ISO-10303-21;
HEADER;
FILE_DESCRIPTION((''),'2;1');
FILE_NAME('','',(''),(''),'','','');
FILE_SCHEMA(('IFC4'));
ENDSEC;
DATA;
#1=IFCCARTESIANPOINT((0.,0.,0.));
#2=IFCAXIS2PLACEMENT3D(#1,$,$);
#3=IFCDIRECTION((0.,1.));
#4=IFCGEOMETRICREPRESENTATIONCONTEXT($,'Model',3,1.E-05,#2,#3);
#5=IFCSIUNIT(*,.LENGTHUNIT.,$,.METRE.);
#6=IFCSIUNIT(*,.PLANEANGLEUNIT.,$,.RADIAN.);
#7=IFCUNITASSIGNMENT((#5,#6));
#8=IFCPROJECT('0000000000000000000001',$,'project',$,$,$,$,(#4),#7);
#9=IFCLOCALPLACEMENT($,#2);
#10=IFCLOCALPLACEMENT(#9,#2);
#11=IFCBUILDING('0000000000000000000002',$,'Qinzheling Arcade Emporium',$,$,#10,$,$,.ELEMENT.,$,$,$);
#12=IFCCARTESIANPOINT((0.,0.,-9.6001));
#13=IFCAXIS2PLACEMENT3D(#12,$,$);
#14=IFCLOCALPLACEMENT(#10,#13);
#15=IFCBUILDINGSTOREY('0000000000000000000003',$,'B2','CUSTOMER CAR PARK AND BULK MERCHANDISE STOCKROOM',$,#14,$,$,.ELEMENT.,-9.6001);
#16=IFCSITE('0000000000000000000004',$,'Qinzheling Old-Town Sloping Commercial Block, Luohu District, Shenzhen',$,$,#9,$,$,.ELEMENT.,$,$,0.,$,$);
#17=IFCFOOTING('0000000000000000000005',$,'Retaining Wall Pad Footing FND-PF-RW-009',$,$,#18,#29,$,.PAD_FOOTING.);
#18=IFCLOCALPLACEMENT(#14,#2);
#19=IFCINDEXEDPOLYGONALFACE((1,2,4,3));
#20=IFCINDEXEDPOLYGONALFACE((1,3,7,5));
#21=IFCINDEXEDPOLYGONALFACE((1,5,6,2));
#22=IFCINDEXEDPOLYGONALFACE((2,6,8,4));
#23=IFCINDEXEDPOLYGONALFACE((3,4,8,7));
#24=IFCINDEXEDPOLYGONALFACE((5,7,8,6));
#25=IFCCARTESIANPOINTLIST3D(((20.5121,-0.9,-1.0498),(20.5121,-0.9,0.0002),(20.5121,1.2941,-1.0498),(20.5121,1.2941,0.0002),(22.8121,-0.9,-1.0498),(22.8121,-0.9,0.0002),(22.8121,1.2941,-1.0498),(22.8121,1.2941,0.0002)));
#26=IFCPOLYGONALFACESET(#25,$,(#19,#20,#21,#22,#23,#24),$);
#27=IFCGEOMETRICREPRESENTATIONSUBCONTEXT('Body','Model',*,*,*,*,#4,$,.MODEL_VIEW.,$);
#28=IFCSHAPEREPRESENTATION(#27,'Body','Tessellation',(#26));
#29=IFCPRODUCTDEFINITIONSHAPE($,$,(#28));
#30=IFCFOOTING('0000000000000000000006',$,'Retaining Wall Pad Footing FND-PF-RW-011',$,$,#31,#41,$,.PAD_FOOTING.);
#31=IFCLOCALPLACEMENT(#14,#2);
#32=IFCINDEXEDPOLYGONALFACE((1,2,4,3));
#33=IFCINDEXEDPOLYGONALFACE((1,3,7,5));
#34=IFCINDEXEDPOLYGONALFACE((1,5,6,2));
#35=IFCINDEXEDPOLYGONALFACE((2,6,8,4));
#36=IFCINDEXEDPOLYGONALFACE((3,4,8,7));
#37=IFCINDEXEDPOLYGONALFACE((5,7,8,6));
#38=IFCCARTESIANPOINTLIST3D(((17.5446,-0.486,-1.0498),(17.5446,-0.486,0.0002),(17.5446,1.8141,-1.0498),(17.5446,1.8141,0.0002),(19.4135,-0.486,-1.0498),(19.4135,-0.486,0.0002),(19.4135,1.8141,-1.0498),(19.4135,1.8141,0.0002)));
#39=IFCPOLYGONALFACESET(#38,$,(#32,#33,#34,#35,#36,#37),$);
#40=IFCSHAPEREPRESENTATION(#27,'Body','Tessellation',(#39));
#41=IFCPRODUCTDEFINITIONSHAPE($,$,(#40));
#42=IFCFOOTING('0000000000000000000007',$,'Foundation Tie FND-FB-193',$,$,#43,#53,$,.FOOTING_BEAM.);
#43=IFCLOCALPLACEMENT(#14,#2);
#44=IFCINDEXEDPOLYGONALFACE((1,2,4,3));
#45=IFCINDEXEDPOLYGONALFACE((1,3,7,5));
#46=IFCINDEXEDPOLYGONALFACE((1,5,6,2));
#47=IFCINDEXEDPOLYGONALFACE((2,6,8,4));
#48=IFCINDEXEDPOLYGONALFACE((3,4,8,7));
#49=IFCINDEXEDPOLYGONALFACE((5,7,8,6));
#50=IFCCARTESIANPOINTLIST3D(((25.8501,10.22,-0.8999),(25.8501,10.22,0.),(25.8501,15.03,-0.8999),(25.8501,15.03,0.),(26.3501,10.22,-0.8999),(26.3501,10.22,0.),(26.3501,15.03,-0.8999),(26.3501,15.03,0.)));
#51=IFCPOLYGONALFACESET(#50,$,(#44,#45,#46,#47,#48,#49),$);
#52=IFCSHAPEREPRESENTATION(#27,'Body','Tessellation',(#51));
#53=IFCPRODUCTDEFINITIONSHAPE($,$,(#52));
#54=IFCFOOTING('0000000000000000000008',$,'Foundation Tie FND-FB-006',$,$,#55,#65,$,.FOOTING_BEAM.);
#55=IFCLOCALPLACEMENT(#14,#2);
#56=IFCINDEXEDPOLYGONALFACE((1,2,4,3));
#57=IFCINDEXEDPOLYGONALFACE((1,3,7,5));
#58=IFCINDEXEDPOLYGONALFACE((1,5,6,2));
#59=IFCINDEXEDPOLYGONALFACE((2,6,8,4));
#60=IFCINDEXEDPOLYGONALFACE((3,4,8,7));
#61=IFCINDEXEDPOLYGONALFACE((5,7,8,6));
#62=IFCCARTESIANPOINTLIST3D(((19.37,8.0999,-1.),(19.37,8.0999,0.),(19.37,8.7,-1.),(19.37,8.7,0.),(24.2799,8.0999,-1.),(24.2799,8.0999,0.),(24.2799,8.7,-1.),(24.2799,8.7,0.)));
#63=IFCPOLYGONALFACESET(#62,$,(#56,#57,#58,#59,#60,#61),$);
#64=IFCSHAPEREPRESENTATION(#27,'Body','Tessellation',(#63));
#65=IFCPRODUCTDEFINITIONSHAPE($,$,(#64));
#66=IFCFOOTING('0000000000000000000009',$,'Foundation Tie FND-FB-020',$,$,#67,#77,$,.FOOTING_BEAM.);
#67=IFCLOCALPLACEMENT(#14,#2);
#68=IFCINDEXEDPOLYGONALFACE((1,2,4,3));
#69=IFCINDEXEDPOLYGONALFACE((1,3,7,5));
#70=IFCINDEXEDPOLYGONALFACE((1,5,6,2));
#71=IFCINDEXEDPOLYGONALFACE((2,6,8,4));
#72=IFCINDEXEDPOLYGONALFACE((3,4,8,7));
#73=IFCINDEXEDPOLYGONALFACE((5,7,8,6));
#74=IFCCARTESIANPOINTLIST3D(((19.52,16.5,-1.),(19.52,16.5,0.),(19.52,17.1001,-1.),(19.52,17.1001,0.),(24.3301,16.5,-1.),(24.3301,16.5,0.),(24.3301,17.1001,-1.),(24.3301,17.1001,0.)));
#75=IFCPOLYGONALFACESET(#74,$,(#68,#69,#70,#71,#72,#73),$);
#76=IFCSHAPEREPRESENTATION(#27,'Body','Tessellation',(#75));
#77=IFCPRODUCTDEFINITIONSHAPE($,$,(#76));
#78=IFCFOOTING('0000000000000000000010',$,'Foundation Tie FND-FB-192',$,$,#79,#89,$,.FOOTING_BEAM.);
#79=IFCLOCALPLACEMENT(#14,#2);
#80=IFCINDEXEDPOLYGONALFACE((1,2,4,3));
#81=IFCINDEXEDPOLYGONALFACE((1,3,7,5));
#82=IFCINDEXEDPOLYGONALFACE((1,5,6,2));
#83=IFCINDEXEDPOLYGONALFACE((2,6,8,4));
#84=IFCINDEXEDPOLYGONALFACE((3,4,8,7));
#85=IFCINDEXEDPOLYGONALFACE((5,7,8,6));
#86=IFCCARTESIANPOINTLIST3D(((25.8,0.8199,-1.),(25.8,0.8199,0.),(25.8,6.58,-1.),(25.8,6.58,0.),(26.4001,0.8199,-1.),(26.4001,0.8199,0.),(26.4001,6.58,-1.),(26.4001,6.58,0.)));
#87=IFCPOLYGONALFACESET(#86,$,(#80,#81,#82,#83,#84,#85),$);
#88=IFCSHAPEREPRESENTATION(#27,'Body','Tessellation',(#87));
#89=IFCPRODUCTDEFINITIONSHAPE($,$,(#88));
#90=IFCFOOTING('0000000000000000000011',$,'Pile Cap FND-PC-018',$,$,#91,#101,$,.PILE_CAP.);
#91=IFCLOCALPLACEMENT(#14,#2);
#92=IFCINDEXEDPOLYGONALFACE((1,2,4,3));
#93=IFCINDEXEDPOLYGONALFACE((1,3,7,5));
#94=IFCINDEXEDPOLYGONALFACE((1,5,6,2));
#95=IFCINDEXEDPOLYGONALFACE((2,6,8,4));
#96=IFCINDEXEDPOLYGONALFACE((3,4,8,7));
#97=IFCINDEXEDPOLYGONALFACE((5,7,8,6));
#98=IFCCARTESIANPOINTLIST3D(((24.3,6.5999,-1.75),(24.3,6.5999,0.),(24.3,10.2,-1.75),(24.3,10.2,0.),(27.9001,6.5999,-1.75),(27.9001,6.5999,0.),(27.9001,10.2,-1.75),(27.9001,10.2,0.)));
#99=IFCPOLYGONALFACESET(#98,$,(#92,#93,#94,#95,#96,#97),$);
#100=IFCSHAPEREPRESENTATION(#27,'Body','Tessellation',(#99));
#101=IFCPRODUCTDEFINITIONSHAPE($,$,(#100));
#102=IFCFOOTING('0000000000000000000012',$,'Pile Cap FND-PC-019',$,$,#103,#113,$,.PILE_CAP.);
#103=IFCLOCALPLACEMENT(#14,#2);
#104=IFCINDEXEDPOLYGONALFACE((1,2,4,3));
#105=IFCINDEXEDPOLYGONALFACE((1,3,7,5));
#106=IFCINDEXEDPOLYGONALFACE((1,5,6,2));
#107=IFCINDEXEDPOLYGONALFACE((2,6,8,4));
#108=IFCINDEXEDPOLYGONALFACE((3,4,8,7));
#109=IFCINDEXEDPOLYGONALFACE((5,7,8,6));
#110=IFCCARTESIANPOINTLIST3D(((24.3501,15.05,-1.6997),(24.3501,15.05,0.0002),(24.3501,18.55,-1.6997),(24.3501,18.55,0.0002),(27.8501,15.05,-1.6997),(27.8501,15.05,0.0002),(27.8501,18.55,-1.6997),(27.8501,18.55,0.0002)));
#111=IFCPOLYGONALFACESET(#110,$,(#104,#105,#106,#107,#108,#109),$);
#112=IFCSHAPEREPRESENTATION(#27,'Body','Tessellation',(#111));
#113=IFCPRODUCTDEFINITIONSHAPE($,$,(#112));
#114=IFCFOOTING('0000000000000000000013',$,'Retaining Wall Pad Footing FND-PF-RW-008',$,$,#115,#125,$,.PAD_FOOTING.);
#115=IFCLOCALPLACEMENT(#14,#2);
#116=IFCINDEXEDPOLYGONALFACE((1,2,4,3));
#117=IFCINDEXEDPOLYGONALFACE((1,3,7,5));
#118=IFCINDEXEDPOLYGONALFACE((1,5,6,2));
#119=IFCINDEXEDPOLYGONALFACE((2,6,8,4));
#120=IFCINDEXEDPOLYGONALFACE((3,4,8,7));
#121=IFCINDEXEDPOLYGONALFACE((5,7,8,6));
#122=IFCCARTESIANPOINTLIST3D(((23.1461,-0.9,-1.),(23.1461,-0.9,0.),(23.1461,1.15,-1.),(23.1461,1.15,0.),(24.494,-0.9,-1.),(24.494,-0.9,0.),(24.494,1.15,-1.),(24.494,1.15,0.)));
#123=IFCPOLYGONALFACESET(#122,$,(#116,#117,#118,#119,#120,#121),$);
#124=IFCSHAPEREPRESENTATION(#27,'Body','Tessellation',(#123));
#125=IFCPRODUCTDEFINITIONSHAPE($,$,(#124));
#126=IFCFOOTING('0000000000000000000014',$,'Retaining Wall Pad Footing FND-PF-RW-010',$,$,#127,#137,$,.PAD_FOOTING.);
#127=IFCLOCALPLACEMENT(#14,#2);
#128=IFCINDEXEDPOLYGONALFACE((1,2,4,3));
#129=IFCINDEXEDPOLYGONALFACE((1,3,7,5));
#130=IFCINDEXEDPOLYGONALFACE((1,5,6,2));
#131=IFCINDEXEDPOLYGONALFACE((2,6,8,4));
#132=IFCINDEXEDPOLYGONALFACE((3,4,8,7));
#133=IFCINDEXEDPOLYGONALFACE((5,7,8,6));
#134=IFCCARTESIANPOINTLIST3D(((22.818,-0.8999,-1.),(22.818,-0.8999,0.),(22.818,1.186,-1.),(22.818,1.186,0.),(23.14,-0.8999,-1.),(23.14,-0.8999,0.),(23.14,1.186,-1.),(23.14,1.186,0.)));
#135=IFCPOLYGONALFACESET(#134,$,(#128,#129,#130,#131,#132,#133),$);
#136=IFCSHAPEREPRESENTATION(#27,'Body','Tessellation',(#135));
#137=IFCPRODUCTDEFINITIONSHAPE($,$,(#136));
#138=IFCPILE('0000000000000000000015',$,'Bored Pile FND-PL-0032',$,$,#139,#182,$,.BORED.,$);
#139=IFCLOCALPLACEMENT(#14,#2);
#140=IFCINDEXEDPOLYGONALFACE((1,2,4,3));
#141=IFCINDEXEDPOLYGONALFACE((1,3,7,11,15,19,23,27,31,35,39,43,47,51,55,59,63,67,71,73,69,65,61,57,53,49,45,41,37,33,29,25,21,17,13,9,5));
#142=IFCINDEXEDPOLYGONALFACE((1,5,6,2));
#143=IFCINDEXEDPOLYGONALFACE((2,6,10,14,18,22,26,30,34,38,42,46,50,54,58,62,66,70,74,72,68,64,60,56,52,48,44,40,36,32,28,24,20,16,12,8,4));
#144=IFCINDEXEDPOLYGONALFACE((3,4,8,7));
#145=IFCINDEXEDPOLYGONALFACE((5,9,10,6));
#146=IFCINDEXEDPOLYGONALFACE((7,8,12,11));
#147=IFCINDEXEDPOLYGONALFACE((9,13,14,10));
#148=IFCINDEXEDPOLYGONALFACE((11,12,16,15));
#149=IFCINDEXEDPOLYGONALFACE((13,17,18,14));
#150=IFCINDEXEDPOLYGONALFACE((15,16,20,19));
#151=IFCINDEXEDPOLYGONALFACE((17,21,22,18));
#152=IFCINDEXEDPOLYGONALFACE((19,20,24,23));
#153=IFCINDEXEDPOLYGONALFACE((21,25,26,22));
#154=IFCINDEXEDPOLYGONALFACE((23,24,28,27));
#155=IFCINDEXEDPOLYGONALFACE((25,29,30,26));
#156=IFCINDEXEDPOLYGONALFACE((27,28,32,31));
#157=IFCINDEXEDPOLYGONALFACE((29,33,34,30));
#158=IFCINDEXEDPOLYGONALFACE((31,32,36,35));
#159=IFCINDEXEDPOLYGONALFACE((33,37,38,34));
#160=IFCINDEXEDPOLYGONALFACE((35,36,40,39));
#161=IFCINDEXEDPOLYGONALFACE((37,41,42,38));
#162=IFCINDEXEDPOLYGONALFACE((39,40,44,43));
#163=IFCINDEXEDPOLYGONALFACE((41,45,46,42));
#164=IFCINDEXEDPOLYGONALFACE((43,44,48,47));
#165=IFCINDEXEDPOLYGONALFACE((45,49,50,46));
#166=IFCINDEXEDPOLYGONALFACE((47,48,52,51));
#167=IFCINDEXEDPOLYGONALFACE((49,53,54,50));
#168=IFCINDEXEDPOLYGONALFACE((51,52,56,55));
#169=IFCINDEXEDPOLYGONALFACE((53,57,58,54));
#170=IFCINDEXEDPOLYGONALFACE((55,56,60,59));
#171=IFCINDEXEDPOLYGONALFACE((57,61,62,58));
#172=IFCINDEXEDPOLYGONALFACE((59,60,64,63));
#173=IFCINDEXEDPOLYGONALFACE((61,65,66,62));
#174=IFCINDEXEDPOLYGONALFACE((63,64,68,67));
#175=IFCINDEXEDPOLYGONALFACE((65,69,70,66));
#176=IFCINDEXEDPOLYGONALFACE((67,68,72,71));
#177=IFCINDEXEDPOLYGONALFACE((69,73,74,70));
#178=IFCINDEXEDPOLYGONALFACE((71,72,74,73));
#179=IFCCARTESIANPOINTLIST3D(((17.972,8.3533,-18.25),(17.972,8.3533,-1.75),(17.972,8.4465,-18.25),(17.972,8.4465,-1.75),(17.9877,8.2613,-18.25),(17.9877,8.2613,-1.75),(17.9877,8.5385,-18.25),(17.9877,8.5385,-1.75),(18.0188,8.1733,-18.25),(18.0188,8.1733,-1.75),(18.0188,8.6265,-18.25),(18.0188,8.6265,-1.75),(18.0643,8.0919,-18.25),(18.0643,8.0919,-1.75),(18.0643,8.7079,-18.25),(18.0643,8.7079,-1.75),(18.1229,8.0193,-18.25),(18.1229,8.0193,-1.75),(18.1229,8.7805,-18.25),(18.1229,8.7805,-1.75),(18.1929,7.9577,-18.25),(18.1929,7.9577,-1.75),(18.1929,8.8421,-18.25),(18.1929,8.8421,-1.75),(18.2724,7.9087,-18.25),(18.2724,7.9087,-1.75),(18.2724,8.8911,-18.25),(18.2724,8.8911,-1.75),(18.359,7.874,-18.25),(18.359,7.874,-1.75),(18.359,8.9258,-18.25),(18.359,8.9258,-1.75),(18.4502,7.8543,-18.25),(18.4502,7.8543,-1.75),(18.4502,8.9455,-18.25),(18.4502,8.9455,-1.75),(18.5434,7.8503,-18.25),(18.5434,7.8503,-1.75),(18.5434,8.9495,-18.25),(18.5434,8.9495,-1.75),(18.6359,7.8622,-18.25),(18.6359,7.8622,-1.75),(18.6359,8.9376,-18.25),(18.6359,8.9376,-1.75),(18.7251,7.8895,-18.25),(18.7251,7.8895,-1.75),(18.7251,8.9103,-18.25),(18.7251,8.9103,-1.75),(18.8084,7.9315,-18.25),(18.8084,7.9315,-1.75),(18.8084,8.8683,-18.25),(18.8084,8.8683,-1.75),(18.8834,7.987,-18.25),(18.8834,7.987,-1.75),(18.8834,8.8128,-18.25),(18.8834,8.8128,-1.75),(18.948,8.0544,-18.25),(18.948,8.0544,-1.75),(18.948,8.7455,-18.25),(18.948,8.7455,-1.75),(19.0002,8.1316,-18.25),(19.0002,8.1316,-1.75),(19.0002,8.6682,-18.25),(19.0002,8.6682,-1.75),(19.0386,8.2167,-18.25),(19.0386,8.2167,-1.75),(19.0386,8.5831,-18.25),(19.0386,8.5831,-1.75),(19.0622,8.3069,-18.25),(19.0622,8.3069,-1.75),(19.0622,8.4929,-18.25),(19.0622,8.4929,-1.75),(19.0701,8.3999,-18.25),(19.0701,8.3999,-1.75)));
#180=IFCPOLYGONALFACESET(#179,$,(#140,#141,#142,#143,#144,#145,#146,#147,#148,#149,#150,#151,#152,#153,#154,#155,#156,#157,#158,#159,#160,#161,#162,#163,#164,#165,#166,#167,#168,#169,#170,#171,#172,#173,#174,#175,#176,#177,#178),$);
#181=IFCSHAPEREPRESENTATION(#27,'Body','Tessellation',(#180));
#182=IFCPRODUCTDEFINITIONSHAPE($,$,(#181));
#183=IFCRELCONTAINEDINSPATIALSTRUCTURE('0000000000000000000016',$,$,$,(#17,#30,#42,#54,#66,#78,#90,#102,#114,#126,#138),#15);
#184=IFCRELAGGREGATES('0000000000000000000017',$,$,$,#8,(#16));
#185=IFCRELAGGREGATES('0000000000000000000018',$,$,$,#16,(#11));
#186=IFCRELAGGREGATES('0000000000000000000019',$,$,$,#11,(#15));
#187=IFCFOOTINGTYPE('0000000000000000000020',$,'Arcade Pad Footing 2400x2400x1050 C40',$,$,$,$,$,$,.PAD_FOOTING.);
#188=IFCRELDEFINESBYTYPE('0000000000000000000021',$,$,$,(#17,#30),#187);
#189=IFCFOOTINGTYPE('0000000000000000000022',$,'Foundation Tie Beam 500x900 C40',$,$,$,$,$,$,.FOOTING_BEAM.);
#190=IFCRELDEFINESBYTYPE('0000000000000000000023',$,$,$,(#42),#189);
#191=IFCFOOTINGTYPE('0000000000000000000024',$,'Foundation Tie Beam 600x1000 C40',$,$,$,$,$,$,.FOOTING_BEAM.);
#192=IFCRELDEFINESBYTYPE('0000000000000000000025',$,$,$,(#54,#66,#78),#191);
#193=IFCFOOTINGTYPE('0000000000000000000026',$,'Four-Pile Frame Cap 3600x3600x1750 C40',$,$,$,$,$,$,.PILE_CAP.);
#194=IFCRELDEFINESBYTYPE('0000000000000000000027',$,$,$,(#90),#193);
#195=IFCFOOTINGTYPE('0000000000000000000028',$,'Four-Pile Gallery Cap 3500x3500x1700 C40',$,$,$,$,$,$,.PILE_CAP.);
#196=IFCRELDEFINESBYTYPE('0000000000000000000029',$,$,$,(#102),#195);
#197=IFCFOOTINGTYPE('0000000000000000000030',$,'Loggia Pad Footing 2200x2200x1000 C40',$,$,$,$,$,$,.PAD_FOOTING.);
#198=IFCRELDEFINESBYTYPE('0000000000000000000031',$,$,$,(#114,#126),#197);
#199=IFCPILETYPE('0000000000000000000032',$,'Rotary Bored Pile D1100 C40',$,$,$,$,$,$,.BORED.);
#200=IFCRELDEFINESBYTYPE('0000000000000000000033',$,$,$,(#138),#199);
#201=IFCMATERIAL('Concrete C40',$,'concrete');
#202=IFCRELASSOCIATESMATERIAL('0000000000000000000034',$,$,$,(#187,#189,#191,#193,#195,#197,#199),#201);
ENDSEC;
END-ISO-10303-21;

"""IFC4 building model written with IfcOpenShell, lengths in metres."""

from ifc_helpers import new_model, si_unit, direction, frame, origin, origin_2d, place, context, subcontext, project, spatial, rectangle, circle, extrude, material, material_profile, profile_set, type_object, element, save


model = new_model("IFC4")

# Units and contexts
model_context = context("Model", 3, precision=1e-05, world=origin(), true_north=direction((0.0, 1.0)))
body_context = subcontext(model_context, "Body", "Model", "MODEL_VIEW")
ifc_project = project(units=[si_unit("LENGTHUNIT", "METRE"), si_unit("PLANEANGLEUNIT", "RADIAN")], contexts=[model_context])

# Site, building, storey
site_placement = place(None, origin())
site = spatial("IfcSite", under=ifc_project, at=site_placement, Name="Qinzheling Old-Town Sloping Commercial Block, Luohu District, Shenzhen", CompositionType="ELEMENT", RefElevation=0.0)
building_placement = place(site_placement, origin())
building = spatial("IfcBuilding", under=site, at=building_placement, Name="Qinzheling Arcade Emporium", CompositionType="ELEMENT")
storey_placement = place(building_placement, frame((0.0, 0.0, -9.6001)))
storey = spatial("IfcBuildingStorey", under=building, at=storey_placement, Name="B2", Description="CUSTOMER CAR PARK AND BULK MERCHANDISE STOCKROOM", CompositionType="ELEMENT", Elevation=-9.6001)

# Footings
ifc_material_1 = material(Name="Concrete C40", Category="concrete")
footing_type_1 = type_object("IfcFootingType", Name="Arcade Pad Footing 2400x2400x1050 C40", PredefinedType="PAD_FOOTING", material=ifc_material_1)
footing_1_placement = place(storey_placement, frame((21.6621, 0.197, -1.0498), z_axis=(0.0, 0.0, 1.0), x_axis=(1.0, 0.0, 0.0)))
element("IfcFooting", 1, at=footing_1_placement, inside=storey, type_object=footing_type_1, Name="Retaining Wall Pad Footing FND-PF-RW-009", PredefinedType="PAD_FOOTING", context=body_context, shape_type="SweptSolid", body=[
    extrude(rectangle(XDim=2.3, YDim=2.1941, at=origin_2d()), origin(), (0.0, 0.0, 1.0), 1.05),
])
footing_2_placement = place(storey_placement, frame((18.479, 0.6641, -1.0498), z_axis=(0.0, 0.0, 1.0), x_axis=(1.0, 0.0, 0.0)))
element("IfcFooting", 2, at=footing_2_placement, inside=storey, type_object=footing_type_1, Name="Retaining Wall Pad Footing FND-PF-RW-011", PredefinedType="PAD_FOOTING", context=body_context, shape_type="SweptSolid", body=[
    extrude(rectangle(XDim=1.8689, YDim=2.3, at=origin_2d()), origin(), (0.0, 0.0, 1.0), 1.05),
])
footing_type_2 = type_object("IfcFootingType", Name="Foundation Tie Beam 500x900 C40", PredefinedType="FOOTING_BEAM", material=ifc_material_1)
footing_3_placement = place(storey_placement, frame((26.1001, 12.625, -0.8999), z_axis=(0.0, 0.0, 1.0), x_axis=(1.0, 0.0, 0.0)))
element("IfcFooting", 3, at=footing_3_placement, inside=storey, type_object=footing_type_2, Name="Foundation Tie FND-FB-193", PredefinedType="FOOTING_BEAM", context=body_context, shape_type="SweptSolid", body=[
    extrude(rectangle(XDim=0.5, YDim=4.8101, at=origin_2d()), origin(), (0.0, 0.0, 1.0), 0.8999),
])
footing_type_3 = type_object("IfcFootingType", Name="Foundation Tie Beam 600x1000 C40", PredefinedType="FOOTING_BEAM", material=ifc_material_1)
footing_4_placement = place(storey_placement, frame((21.825, 8.3999, -1.0), z_axis=(0.0, 0.0, 1.0), x_axis=(1.0, 0.0, 0.0)))
element("IfcFooting", 4, at=footing_4_placement, inside=storey, type_object=footing_type_3, Name="Foundation Tie FND-FB-006", PredefinedType="FOOTING_BEAM", context=body_context, shape_type="SweptSolid", body=[
    extrude(rectangle(XDim=4.9099, YDim=0.6001, at=origin_2d()), origin(), (0.0, 0.0, 1.0), 1.0),
])
footing_5_placement = place(storey_placement, frame((21.925, 16.8, -1.0), z_axis=(0.0, 0.0, 1.0), x_axis=(1.0, 0.0, 0.0)))
element("IfcFooting", 5, at=footing_5_placement, inside=storey, type_object=footing_type_3, Name="Foundation Tie FND-FB-020", PredefinedType="FOOTING_BEAM", context=body_context, shape_type="SweptSolid", body=[
    extrude(rectangle(XDim=4.8101, YDim=0.6001, at=origin_2d()), origin(), (0.0, 0.0, 1.0), 1.0),
])
footing_6_placement = place(storey_placement, frame((26.1001, 3.7, -1.0), z_axis=(0.0, 0.0, 1.0), x_axis=(1.0, 0.0, 0.0)))
element("IfcFooting", 6, at=footing_6_placement, inside=storey, type_object=footing_type_3, Name="Foundation Tie FND-FB-192", PredefinedType="FOOTING_BEAM", context=body_context, shape_type="SweptSolid", body=[
    extrude(rectangle(XDim=0.6001, YDim=5.76, at=origin_2d()), origin(), (0.0, 0.0, 1.0), 1.0),
])
footing_type_4 = type_object("IfcFootingType", Name="Four-Pile Frame Cap 3600x3600x1750 C40", PredefinedType="PILE_CAP", material=ifc_material_1)
footing_7_placement = place(storey_placement, frame((26.1001, 8.3999, -1.75), z_axis=(0.0, 0.0, 1.0), x_axis=(1.0, 0.0, 0.0)))
element("IfcFooting", 7, at=footing_7_placement, inside=storey, type_object=footing_type_4, Name="Pile Cap FND-PC-018", PredefinedType="PILE_CAP", context=body_context, shape_type="SweptSolid", body=[
    extrude(rectangle(XDim=3.6001, YDim=3.6001, at=origin_2d()), origin(), (0.0, 0.0, 1.0), 1.75),
])
footing_type_5 = type_object("IfcFootingType", Name="Four-Pile Gallery Cap 3500x3500x1700 C40", PredefinedType="PILE_CAP", material=ifc_material_1)
footing_8_placement = place(storey_placement, frame((26.1001, 16.8, -1.6997), z_axis=(0.0, 0.0, 1.0), x_axis=(1.0, 0.0, 0.0)))
element("IfcFooting", 8, at=footing_8_placement, inside=storey, type_object=footing_type_5, Name="Pile Cap FND-PC-019", PredefinedType="PILE_CAP", context=body_context, shape_type="SweptSolid", body=[
    extrude(rectangle(XDim=3.5, YDim=3.5, at=origin_2d()), origin(), (0.0, 0.0, 1.0), 1.7),
])
footing_type_6 = type_object("IfcFootingType", Name="Loggia Pad Footing 2200x2200x1000 C40", PredefinedType="PAD_FOOTING", material=ifc_material_1)
footing_9_placement = place(storey_placement, frame((23.8201, 0.125, -1.0), z_axis=(0.0, 0.0, 1.0), x_axis=(1.0, 0.0, 0.0)))
element("IfcFooting", 9, at=footing_9_placement, inside=storey, type_object=footing_type_6, Name="Retaining Wall Pad Footing FND-PF-RW-008", PredefinedType="PAD_FOOTING", context=body_context, shape_type="SweptSolid", body=[
    extrude(rectangle(XDim=1.3479, YDim=2.05, at=origin_2d()), origin(), (0.0, 0.0, 1.0), 1.0),
])
footing_10_placement = place(storey_placement, frame((22.979, 0.1431, -1.0), z_axis=(0.0, 0.0, 1.0), x_axis=(1.0, 0.0, 0.0)))
element("IfcFooting", 10, at=footing_10_placement, inside=storey, type_object=footing_type_6, Name="Retaining Wall Pad Footing FND-PF-RW-010", PredefinedType="PAD_FOOTING", context=body_context, shape_type="SweptSolid", body=[
    extrude(rectangle(XDim=0.322, YDim=2.0859, at=origin_2d()), origin(), (0.0, 0.0, 1.0), 1.0),
])

# Pile
ifc_material_profile_1 = material_profile(ifc_material_1, circle(Radius=0.55, at=origin_2d()), Name="BORED D1100", Category="concrete")
ifc_profile_set_1 = profile_set([ifc_material_profile_1], Name="Concrete C40")
pile_type_1 = type_object("IfcPileType", Name="Rotary Bored Pile D1100 C40", PredefinedType="BORED", material=ifc_profile_set_1)
pile_1_placement = place(storey_placement, frame((18.52, 8.3999, -1.75), z_axis=(0.0, 0.0, -1.0), x_axis=(1.0, 0.0, 0.0)))
element("IfcPile", 11, at=pile_1_placement, inside=storey, type_object=pile_type_1, Name="Bored Pile FND-PL-0032", PredefinedType="BORED", context=body_context, shape_type="SweptSolid", body=[
    extrude(circle(Radius=0.55, at=origin_2d()), origin(), (0.0, 0.0, 1.0), 16.5),
])

save(model, "model.ifc")
